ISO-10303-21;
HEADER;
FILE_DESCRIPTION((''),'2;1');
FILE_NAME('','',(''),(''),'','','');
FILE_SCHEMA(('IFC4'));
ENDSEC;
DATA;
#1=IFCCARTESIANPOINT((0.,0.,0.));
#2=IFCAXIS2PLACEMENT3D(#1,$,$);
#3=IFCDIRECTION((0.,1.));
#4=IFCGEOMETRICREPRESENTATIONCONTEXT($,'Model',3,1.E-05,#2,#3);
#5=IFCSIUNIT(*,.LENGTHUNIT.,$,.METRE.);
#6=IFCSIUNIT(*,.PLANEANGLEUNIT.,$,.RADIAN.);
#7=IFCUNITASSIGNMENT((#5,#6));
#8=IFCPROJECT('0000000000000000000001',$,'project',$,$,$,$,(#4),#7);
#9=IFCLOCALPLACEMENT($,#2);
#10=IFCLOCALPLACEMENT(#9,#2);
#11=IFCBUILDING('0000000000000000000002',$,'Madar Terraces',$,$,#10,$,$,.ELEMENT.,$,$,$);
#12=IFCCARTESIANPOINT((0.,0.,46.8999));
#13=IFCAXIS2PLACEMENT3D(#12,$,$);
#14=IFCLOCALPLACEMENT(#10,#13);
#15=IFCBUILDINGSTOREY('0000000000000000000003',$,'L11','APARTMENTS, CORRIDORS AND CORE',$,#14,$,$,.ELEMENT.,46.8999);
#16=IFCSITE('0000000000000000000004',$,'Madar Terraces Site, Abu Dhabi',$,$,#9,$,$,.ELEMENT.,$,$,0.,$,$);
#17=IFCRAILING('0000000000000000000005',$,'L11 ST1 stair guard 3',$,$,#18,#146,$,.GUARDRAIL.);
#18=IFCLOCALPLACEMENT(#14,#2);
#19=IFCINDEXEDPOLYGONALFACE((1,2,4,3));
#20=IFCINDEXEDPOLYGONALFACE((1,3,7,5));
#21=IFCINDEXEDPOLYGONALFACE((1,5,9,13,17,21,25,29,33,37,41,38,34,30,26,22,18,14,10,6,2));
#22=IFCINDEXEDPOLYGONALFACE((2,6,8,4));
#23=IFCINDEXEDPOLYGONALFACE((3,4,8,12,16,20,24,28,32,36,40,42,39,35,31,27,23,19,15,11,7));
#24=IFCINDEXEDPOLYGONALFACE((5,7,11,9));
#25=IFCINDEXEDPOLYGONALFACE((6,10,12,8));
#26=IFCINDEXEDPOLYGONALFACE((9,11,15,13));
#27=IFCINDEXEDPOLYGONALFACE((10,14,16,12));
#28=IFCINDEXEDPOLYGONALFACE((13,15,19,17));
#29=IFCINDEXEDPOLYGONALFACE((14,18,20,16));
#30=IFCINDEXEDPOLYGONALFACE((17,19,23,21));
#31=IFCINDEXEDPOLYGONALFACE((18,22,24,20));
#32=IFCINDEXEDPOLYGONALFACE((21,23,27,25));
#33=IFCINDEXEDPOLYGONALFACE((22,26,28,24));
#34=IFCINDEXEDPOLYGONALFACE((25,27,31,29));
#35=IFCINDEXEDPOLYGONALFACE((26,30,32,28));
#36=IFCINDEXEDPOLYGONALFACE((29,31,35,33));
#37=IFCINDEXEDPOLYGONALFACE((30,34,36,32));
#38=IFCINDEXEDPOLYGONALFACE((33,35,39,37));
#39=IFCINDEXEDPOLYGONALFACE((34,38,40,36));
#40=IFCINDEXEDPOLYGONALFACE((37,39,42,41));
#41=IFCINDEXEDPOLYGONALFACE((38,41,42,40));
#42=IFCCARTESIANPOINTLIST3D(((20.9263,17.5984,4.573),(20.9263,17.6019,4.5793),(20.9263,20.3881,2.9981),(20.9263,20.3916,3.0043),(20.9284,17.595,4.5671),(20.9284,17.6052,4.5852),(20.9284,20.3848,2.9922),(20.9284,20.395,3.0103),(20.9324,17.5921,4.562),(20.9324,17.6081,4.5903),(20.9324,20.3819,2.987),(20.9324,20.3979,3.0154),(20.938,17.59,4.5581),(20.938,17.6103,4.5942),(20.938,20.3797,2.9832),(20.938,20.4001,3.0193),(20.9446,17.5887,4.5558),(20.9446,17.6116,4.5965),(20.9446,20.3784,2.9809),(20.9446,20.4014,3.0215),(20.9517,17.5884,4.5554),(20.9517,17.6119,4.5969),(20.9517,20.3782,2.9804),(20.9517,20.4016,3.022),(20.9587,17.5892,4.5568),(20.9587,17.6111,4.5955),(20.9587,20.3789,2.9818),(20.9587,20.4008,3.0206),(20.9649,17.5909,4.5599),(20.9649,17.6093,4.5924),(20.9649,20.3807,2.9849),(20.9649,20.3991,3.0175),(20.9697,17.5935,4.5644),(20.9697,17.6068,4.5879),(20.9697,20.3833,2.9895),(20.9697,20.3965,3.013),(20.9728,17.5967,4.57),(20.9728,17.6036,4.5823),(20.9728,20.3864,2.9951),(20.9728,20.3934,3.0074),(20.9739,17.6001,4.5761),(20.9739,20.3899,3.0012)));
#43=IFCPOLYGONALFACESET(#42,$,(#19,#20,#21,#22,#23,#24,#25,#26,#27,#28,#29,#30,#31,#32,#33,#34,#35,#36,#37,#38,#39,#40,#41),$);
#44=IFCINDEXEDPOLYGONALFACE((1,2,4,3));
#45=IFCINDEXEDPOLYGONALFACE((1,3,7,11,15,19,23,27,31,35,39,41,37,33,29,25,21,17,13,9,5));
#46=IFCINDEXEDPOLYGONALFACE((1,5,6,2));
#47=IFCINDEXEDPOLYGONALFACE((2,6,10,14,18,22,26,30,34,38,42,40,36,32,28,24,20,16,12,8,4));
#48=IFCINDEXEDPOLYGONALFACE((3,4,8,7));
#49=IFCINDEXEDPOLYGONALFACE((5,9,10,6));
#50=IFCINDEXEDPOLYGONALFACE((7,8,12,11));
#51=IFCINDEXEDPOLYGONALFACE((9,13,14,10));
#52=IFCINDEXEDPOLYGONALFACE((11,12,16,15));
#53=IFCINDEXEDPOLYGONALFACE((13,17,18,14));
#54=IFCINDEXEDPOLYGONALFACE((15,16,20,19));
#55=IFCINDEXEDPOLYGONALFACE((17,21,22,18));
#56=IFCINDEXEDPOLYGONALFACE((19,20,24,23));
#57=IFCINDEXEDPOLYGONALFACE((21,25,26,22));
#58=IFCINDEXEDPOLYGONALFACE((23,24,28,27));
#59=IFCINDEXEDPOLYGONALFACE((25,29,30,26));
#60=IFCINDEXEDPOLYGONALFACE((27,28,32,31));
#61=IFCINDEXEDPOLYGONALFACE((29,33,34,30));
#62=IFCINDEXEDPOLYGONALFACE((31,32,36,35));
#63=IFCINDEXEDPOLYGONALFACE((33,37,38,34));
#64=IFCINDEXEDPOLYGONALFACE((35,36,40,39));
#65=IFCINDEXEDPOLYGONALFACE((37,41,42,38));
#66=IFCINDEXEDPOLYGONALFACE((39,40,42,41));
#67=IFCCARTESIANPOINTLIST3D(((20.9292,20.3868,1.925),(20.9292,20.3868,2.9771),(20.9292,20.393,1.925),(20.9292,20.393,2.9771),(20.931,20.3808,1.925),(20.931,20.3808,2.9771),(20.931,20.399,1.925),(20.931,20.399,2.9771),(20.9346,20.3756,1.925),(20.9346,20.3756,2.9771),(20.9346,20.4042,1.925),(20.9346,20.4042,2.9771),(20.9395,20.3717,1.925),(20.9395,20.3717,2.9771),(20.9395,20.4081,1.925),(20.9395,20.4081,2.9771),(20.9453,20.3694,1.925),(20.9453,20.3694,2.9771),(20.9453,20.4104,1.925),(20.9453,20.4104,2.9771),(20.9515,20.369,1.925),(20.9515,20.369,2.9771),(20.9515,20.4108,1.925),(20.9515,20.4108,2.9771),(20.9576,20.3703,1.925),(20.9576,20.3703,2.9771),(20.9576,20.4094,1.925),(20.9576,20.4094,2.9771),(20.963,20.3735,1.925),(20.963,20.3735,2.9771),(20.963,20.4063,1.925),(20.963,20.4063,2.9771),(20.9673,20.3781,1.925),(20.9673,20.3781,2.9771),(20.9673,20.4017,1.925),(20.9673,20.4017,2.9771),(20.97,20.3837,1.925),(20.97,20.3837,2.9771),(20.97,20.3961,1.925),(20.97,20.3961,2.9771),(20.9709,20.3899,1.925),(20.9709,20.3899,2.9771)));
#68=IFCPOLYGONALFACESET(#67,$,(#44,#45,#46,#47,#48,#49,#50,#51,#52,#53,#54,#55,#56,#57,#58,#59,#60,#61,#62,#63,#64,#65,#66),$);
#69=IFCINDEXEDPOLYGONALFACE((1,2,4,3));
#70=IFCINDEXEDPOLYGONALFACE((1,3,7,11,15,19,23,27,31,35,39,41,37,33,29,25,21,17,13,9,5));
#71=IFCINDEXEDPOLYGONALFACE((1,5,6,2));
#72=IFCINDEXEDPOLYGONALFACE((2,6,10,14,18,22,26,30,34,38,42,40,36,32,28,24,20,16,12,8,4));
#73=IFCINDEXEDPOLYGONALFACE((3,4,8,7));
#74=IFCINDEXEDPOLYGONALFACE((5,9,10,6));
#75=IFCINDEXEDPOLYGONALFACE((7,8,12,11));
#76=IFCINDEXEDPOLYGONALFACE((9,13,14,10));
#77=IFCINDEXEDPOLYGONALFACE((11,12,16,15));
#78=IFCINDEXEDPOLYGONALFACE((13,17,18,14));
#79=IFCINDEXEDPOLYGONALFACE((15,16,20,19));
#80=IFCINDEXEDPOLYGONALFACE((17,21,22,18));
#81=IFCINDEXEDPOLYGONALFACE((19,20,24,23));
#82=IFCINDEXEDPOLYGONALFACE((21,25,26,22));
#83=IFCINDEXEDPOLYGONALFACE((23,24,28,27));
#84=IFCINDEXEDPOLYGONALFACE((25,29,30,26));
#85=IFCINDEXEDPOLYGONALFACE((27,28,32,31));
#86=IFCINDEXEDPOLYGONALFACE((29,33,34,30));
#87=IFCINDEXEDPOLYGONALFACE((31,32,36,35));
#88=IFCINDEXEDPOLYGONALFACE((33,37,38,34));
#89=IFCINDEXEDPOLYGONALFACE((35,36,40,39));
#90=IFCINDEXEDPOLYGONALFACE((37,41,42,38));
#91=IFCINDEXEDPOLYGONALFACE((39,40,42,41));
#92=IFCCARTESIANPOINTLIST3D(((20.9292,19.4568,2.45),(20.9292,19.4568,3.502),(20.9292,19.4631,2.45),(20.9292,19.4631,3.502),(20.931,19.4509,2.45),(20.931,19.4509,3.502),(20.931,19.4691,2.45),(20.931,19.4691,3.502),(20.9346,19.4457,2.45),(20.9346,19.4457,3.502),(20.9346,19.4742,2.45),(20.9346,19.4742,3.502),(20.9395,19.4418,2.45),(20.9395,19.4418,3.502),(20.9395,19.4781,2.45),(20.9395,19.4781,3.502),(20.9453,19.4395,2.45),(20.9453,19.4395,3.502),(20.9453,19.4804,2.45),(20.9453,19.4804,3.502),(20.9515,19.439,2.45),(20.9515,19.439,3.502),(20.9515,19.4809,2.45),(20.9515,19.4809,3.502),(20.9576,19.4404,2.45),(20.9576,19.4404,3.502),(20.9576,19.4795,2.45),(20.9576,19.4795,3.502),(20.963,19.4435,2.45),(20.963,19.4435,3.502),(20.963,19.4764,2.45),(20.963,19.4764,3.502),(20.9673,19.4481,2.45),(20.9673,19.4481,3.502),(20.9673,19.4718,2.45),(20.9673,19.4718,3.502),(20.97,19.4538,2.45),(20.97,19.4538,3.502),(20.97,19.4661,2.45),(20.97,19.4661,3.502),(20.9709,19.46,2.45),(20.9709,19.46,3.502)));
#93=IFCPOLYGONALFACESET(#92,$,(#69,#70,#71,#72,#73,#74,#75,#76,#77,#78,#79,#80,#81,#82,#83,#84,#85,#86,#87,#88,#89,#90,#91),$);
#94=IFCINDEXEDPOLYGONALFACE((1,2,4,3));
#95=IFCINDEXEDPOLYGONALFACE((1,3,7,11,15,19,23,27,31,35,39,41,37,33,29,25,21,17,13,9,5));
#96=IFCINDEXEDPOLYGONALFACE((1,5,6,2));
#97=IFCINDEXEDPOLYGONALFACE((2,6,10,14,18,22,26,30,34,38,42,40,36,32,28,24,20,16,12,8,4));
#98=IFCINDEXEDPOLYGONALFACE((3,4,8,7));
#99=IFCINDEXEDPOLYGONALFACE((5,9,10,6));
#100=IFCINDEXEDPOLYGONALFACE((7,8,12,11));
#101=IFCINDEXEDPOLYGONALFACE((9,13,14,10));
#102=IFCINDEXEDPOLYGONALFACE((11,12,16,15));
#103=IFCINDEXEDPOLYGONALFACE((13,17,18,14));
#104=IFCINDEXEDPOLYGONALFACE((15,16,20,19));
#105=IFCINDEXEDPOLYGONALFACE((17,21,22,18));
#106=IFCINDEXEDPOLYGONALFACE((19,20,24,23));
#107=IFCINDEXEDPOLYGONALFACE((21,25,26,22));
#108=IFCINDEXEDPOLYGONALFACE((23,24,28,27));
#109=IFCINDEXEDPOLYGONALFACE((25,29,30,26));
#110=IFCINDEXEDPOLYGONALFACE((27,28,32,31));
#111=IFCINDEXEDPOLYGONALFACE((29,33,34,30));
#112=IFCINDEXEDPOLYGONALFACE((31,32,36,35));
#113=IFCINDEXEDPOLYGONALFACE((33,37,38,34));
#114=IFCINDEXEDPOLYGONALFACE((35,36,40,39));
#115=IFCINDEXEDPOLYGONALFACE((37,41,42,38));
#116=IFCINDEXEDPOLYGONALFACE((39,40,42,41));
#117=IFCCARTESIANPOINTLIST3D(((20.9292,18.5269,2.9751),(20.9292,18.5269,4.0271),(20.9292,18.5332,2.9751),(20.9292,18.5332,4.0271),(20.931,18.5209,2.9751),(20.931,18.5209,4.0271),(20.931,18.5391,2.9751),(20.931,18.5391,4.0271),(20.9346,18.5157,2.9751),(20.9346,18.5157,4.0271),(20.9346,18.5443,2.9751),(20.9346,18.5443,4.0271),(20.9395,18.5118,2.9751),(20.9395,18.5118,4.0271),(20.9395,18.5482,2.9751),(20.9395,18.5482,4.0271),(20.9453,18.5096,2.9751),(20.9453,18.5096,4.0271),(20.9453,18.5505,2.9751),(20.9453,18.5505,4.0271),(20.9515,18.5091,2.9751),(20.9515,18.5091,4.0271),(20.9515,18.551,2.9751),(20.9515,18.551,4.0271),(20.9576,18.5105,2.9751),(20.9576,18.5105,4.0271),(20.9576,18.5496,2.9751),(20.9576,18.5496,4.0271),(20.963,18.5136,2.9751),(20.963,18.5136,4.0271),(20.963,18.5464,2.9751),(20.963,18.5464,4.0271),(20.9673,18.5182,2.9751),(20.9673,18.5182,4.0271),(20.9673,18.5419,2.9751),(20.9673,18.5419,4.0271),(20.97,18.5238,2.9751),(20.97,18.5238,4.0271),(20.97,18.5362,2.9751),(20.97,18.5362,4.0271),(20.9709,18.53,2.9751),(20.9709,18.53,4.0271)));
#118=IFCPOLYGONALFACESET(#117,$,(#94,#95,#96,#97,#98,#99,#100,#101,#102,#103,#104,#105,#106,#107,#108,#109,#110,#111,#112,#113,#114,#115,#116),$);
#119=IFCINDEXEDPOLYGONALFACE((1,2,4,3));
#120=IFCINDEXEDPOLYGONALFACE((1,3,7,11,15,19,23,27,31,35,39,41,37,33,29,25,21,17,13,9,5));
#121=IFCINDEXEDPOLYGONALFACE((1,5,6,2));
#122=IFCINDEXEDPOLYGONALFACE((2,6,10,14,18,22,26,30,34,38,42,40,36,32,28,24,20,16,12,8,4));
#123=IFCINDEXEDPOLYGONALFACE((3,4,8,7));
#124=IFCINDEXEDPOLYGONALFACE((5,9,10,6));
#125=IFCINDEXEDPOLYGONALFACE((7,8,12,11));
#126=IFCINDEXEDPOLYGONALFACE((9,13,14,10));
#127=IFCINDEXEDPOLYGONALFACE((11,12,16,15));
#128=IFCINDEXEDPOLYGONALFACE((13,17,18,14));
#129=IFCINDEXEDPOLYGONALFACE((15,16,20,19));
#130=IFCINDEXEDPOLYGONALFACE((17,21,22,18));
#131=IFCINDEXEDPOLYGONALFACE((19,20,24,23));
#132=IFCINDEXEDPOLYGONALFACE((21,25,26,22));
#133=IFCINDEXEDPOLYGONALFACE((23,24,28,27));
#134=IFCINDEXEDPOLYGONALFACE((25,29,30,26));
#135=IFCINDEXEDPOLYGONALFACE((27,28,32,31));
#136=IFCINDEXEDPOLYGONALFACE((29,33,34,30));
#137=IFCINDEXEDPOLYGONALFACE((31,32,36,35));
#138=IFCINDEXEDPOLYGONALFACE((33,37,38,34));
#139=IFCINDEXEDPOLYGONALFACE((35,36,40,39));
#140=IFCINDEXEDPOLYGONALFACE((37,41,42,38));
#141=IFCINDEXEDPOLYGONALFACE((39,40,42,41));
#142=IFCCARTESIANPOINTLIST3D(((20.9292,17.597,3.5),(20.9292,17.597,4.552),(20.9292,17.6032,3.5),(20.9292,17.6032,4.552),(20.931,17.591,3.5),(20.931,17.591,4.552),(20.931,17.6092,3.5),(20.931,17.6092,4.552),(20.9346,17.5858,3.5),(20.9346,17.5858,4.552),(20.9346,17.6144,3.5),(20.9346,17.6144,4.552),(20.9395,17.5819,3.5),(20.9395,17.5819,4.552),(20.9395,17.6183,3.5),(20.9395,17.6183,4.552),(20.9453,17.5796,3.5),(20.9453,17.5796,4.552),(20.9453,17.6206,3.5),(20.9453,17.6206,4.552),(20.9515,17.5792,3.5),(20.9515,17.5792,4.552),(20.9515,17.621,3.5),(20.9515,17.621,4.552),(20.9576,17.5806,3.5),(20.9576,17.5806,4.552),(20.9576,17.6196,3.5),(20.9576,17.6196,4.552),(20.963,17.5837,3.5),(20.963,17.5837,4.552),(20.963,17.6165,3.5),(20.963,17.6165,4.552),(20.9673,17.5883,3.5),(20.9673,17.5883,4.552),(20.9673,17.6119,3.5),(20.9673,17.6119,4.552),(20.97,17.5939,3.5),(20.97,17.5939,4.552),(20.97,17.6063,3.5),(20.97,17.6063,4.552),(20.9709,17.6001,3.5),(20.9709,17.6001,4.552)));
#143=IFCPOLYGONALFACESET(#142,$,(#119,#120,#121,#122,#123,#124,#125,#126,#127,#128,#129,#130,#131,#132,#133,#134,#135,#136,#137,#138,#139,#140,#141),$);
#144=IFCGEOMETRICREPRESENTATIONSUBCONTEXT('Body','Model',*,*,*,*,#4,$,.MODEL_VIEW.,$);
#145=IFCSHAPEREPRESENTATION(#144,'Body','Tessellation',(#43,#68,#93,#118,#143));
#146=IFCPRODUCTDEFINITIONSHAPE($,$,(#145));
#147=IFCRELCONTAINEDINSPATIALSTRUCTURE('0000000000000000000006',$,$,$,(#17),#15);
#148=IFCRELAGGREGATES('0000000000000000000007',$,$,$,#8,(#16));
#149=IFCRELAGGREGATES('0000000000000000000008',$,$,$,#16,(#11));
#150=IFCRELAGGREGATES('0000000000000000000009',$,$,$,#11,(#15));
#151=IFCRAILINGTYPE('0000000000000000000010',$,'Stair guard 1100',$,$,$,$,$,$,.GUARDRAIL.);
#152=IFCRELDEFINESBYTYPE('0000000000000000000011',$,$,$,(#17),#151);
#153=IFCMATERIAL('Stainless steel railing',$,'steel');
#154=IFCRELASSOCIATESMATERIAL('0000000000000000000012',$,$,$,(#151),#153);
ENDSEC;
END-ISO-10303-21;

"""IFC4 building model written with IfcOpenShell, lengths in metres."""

from ifc_helpers import new_model, si_unit, direction, frame, origin, origin_2d, place, context, subcontext, project, spatial, circle, extrude, material, type_object, element, save


model = new_model("IFC4")

# Units and contexts
model_context = context("Model", 3, precision=1e-05, world=origin(), true_north=direction((0.0, 1.0)))
body_context = subcontext(model_context, "Body", "Model", "MODEL_VIEW")
ifc_project = project(units=[si_unit("LENGTHUNIT", "METRE"), si_unit("PLANEANGLEUNIT", "RADIAN")], contexts=[model_context])

# Site, building, storey
site_placement = place(None, origin())
site = spatial("IfcSite", under=ifc_project, at=site_placement, Name="Madar Terraces Site, Abu Dhabi", CompositionType="ELEMENT", RefElevation=0.0)
building_placement = place(site_placement, origin())
building = spatial("IfcBuilding", under=site, at=building_placement, Name="Madar Terraces", CompositionType="ELEMENT")
storey_placement = place(building_placement, frame((0.0, 0.0, 46.8999)))
storey = spatial("IfcBuildingStorey", under=building, at=storey_placement, Name="L11", Description="APARTMENTS, CORRIDORS AND CORE", CompositionType="ELEMENT", Elevation=46.8999)

# Railing
ifc_material_1 = material(Name="Stainless steel railing", Category="steel")
railing_type_1 = type_object("IfcRailingType", Name="Stair guard 1100", PredefinedType="GUARDRAIL", material=ifc_material_1)
railing_1_placement = place(storey_placement, frame((20.95, 20.3899, 1.925)))
element("IfcRailing", 1, at=railing_1_placement, inside=storey, type_object=railing_type_1, Name="L11 ST1 stair guard 3", PredefinedType="GUARDRAIL", context=body_context, shape_type="SweptSolid", body=[
    extrude(circle(Radius=0.0239, at=origin_2d()), frame((0.0, 0.0, 1.0762), z_axis=(0.0, -0.870815, 0.49161), x_axis=(1.0, 0.0, 0.0)), (0.0, 0.0, 1.0), 3.2036),
    extrude(circle(Radius=0.021, at=origin_2d()), origin(), (0.0, 0.0, 1.0), 1.052),
    extrude(circle(Radius=0.021, at=origin_2d()), frame((0.0, -0.9299, 0.5249)), (0.0, 0.0, 1.0), 1.052),
    extrude(circle(Radius=0.021, at=origin_2d()), frame((0.0, -1.8599, 1.05)), (0.0, 0.0, 1.0), 1.052),
    extrude(circle(Radius=0.021, at=origin_2d()), frame((0.0, -2.7898, 1.575)), (0.0, 0.0, 1.0), 1.052),
])

save(model, "model.ifc")
